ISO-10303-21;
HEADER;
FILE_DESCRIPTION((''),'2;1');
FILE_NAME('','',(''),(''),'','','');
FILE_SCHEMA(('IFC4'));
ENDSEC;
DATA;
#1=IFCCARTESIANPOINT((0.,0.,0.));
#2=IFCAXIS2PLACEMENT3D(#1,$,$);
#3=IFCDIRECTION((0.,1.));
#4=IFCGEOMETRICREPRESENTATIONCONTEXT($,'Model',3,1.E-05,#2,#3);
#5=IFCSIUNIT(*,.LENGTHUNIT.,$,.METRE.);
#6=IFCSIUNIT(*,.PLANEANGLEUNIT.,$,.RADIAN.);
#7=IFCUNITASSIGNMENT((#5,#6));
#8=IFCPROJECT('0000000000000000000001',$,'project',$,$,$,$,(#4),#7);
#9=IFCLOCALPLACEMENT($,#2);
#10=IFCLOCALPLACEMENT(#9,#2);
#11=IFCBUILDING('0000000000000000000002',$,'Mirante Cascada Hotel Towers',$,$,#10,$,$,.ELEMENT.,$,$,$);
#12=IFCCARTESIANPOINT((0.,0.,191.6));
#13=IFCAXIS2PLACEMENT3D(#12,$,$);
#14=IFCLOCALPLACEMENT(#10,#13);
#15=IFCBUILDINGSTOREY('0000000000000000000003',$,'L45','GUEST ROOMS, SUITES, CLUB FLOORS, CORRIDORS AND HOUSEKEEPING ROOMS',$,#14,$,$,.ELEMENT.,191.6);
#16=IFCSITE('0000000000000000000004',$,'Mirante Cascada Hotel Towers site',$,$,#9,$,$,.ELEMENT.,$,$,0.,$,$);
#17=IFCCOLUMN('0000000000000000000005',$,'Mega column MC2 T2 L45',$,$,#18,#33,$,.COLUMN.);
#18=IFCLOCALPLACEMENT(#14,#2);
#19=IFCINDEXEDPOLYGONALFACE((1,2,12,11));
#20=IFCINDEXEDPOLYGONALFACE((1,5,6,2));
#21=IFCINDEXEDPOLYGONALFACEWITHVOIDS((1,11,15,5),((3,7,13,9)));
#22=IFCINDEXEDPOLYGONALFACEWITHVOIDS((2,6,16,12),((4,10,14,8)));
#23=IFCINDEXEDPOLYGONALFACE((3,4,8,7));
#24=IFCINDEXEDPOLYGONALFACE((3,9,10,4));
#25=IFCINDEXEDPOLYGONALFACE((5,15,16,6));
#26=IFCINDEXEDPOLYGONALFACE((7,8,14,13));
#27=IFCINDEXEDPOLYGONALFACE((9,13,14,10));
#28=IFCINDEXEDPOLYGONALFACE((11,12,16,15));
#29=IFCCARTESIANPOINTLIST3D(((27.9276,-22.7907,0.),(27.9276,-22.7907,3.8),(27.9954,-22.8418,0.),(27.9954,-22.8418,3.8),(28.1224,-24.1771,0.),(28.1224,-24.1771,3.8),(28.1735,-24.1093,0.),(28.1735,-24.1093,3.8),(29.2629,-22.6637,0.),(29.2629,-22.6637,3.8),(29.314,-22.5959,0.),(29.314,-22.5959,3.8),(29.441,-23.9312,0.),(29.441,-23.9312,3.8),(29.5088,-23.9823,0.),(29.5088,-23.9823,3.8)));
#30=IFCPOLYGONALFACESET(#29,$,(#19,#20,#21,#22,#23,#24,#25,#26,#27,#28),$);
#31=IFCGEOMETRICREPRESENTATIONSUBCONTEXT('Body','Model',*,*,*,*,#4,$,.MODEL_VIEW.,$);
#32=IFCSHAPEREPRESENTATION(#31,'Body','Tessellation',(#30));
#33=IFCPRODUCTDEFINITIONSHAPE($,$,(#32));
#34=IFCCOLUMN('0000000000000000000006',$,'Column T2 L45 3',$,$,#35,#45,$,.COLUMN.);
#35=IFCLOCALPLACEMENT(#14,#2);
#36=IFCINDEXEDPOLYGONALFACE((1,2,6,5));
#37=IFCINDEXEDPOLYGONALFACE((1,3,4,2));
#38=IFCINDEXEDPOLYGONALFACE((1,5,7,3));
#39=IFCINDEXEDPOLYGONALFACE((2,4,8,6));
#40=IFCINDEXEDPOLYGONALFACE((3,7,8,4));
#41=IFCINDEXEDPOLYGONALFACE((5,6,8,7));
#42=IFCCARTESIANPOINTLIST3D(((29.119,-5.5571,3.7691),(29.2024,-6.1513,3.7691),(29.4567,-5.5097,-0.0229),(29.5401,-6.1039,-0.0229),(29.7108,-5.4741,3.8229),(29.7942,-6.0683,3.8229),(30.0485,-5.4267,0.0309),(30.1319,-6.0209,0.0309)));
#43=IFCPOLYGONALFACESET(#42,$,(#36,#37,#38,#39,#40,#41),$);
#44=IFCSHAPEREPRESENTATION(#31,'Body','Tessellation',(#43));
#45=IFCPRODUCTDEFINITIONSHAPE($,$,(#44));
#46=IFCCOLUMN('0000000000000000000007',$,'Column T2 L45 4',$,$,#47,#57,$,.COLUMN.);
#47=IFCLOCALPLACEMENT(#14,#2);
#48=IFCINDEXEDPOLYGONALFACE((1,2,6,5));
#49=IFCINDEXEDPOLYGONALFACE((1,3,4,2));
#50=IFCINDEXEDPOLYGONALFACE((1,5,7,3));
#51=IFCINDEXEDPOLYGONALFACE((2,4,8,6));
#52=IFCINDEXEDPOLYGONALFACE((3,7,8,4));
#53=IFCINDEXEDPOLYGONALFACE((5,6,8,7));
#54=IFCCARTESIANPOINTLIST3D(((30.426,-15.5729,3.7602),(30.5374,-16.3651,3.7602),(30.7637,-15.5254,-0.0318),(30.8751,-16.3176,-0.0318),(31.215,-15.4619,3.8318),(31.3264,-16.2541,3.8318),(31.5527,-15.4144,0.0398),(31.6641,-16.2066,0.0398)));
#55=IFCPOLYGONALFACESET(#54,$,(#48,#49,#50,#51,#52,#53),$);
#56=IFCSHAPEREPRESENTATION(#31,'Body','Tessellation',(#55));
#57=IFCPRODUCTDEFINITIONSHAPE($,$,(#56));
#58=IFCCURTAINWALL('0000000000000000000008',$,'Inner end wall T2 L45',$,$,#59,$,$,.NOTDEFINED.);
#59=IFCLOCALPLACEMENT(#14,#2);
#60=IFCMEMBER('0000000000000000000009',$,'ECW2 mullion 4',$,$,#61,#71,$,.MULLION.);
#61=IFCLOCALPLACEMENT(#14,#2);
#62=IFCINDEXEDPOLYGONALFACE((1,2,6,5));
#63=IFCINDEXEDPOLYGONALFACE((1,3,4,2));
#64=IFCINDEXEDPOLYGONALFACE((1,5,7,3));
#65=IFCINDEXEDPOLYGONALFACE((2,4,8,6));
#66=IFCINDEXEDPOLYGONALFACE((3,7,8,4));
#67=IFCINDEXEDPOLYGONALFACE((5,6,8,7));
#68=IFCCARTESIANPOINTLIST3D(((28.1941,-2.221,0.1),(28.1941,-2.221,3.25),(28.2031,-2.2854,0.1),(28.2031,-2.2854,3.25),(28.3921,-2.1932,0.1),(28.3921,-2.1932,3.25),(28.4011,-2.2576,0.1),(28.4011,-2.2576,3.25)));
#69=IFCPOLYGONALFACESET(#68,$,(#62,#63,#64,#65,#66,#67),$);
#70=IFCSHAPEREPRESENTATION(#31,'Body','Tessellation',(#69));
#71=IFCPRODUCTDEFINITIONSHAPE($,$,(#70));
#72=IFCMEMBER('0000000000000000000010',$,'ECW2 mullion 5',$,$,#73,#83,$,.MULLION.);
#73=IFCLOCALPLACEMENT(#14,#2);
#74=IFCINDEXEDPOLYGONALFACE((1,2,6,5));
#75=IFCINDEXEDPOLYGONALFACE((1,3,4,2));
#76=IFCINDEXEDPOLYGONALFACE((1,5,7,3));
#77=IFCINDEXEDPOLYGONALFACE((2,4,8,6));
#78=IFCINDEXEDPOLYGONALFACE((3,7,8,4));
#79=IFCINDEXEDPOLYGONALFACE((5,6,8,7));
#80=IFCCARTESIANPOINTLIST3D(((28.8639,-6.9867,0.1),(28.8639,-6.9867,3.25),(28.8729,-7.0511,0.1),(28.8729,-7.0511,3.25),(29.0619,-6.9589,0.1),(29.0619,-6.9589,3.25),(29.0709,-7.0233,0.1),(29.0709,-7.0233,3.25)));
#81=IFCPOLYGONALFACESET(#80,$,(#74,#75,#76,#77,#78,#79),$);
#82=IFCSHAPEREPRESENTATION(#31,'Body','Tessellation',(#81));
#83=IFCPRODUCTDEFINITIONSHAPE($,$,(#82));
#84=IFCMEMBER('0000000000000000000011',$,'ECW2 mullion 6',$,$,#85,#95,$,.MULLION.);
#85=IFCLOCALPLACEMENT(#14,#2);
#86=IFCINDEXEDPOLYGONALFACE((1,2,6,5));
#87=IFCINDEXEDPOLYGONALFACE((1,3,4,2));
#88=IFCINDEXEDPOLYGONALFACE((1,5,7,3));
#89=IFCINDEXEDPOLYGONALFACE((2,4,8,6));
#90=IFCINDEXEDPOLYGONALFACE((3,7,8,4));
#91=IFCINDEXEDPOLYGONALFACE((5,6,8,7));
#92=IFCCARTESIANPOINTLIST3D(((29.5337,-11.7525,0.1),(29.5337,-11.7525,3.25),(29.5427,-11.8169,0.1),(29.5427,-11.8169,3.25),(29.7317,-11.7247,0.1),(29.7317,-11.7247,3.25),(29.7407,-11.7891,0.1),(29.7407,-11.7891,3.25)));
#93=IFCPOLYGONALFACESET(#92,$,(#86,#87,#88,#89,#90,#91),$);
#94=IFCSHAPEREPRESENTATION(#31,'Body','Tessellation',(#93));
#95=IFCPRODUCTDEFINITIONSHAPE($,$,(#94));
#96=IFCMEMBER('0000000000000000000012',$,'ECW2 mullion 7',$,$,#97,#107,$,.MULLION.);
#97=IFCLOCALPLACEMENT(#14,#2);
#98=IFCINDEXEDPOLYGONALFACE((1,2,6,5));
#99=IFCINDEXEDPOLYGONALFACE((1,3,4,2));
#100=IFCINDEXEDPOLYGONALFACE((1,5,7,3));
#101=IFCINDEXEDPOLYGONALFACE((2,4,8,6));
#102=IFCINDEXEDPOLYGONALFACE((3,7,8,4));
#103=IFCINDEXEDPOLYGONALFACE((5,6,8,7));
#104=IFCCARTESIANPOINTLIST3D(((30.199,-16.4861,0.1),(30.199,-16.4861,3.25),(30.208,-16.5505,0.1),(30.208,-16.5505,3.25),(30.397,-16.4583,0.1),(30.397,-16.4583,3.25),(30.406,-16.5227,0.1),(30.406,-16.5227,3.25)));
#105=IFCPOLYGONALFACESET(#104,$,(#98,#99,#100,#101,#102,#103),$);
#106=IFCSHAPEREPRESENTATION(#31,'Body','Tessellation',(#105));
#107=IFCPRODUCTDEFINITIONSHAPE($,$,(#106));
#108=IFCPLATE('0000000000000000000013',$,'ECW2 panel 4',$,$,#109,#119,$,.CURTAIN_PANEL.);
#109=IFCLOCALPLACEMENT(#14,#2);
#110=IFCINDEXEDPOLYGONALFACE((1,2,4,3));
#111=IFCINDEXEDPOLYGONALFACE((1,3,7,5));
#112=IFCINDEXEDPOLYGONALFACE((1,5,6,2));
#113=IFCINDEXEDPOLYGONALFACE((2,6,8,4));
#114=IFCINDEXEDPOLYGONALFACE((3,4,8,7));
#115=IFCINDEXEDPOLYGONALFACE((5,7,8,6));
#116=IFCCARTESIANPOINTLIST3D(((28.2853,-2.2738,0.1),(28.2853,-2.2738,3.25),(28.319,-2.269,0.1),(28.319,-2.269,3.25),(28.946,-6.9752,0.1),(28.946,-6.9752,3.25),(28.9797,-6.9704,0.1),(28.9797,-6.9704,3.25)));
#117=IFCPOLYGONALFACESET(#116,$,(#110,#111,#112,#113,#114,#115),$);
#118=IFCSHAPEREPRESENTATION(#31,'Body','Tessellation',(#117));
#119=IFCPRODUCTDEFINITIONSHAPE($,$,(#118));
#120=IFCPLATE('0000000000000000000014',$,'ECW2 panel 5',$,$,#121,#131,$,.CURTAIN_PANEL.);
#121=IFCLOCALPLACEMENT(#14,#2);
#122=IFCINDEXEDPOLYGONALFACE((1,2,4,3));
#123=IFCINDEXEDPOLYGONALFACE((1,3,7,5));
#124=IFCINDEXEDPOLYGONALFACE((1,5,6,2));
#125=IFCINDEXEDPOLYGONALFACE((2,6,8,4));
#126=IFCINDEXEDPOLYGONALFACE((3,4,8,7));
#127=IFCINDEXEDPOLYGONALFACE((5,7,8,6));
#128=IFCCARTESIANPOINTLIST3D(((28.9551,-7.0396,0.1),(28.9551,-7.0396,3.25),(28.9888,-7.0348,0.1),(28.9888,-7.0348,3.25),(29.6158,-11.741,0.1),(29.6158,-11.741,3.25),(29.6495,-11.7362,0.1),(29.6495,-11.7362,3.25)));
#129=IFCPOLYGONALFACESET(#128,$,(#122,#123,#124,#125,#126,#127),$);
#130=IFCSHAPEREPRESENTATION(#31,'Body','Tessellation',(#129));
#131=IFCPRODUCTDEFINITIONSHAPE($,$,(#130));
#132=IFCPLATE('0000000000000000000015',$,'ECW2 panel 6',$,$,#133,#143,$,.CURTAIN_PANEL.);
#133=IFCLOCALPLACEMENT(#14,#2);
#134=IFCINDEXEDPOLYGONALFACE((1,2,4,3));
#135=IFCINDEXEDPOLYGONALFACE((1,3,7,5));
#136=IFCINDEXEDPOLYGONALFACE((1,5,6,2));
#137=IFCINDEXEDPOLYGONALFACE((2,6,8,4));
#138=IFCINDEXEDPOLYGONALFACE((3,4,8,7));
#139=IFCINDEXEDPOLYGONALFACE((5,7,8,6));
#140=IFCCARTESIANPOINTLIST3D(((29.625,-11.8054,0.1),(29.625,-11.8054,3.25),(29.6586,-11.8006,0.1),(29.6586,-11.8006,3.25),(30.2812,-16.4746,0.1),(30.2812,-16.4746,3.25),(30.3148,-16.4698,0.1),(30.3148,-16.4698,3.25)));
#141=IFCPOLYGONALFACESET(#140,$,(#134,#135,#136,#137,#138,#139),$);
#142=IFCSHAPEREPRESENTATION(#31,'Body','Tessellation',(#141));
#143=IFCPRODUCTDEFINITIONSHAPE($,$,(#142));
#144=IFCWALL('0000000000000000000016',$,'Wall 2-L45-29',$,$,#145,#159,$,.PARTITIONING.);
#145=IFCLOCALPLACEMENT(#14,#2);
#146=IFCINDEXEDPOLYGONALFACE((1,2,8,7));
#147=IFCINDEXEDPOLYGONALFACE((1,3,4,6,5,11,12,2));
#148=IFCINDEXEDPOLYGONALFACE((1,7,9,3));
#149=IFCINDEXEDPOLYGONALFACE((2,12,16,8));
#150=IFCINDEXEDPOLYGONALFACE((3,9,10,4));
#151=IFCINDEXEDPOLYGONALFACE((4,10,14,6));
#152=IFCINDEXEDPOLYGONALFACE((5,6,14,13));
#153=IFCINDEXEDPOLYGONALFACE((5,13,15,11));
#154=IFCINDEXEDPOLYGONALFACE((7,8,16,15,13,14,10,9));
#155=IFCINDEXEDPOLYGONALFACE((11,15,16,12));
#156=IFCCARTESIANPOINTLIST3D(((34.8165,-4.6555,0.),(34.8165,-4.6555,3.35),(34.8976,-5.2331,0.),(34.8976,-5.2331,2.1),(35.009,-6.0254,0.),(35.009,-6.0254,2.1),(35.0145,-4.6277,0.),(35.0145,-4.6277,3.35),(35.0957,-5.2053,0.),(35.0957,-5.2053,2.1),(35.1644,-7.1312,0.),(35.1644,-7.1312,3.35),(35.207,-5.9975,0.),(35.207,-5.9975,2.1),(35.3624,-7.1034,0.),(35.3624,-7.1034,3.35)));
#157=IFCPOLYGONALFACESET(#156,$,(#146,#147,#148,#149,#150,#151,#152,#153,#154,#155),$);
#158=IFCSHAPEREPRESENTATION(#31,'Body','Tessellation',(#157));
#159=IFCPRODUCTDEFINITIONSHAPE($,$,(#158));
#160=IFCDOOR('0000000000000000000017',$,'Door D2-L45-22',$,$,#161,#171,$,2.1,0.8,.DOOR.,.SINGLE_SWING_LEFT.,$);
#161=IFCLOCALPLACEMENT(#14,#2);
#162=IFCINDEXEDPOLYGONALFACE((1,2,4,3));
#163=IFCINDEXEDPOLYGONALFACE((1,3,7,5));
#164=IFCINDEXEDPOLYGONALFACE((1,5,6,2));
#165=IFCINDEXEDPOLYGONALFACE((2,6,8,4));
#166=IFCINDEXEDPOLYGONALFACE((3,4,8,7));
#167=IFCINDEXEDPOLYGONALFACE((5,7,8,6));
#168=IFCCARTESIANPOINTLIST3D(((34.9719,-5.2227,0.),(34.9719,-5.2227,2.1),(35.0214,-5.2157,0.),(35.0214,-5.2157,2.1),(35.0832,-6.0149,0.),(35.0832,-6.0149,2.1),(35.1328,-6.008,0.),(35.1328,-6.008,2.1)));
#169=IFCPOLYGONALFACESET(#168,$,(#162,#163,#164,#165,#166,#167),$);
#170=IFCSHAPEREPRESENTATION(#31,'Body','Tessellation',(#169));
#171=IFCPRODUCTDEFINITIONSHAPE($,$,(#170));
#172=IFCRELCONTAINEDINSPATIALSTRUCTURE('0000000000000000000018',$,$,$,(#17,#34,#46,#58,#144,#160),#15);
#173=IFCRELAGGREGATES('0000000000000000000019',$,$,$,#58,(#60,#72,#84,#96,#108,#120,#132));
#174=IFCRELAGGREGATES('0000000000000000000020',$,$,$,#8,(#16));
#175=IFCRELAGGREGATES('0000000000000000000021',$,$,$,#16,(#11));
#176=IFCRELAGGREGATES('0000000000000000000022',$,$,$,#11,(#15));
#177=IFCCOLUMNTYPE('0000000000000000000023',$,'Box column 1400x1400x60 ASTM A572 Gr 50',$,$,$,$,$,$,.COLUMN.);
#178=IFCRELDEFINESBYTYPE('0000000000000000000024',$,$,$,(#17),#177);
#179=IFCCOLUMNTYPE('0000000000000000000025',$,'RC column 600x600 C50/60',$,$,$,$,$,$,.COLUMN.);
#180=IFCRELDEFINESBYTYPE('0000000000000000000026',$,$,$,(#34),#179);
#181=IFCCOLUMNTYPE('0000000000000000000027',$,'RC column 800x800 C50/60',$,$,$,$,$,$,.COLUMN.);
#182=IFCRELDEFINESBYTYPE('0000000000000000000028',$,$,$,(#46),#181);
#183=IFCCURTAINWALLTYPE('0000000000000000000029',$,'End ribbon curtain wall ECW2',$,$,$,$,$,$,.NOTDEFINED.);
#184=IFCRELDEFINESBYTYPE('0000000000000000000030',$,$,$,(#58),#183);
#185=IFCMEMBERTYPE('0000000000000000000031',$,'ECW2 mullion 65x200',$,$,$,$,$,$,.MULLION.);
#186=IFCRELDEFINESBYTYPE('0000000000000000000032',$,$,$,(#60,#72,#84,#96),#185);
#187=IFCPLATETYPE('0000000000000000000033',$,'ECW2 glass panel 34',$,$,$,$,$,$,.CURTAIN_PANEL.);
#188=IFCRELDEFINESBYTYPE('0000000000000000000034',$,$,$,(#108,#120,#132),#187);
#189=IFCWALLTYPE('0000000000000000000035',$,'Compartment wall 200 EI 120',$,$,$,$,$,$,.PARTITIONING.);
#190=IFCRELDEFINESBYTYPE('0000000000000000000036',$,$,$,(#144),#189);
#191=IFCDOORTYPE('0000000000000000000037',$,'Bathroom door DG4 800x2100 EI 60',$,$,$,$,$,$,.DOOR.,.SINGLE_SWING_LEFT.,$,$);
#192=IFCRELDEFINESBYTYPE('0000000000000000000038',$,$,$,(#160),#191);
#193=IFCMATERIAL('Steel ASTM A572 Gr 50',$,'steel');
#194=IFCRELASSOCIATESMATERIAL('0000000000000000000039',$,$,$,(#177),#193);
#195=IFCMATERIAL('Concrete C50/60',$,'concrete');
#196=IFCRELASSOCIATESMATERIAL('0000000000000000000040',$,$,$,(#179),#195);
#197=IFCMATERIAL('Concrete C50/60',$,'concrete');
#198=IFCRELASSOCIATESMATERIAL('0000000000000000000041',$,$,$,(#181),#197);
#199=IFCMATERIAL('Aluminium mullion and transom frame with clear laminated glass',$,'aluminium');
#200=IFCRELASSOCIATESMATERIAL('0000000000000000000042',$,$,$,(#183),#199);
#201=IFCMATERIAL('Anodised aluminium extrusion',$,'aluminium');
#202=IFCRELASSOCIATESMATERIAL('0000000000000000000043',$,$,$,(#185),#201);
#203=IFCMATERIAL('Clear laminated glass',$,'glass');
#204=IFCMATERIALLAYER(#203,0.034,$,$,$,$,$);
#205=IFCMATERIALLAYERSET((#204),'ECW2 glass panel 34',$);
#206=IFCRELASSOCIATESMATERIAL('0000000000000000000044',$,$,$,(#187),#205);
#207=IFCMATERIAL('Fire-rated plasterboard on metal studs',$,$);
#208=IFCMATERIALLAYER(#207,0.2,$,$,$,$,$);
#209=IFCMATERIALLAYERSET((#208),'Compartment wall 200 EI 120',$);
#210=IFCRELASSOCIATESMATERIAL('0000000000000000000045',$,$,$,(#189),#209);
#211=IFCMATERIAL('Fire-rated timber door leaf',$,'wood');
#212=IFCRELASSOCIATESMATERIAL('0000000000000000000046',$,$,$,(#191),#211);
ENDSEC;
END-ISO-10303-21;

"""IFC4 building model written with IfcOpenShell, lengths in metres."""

from ifc_helpers import new_model, si_unit, direction, frame, frame_2d, origin, origin_2d, place, context, subcontext, project, spatial, rectangle, hollow_rectangle, extrude, material, layer, layer_set, material_profile, profile_set, type_object, element, fill, aggregate, save


model = new_model("IFC4")

# Units and contexts
model_context = context("Model", 3, precision=1e-05, world=origin(), true_north=direction((0.0, 1.0)))
body_context = subcontext(model_context, "Body", "Model", "MODEL_VIEW")
ifc_project = project(units=[si_unit("LENGTHUNIT", "METRE"), si_unit("PLANEANGLEUNIT", "RADIAN")], contexts=[model_context])

# Site, building, storey
site_placement = place(None, origin())
site = spatial("IfcSite", under=ifc_project, at=site_placement, Name="Mirante Cascada Hotel Towers site", CompositionType="ELEMENT", RefElevation=0.0)
building_placement = place(site_placement, origin())
building = spatial("IfcBuilding", under=site, at=building_placement, Name="Mirante Cascada Hotel Towers", CompositionType="ELEMENT")
storey_placement = place(building_placement, frame((0.0, 0.0, 191.6)))
storey = spatial("IfcBuildingStorey", under=building, at=storey_placement, Name="L45", Description="GUEST ROOMS, SUITES, CLUB FLOORS, CORRIDORS AND HOUSEKEEPING ROOMS", CompositionType="ELEMENT", Elevation=191.6)

# Columns
ifc_material_1 = material(Name="Steel ASTM A572 Gr 50", Category="steel")
ifc_material_profile_1 = material_profile(ifc_material_1, hollow_rectangle(XDim=1.4, YDim=1.4, WallThickness=0.06, at=origin_2d()), Name="Box column 1400x1400x60 ASTM A572 Gr 50")
ifc_profile_set_1 = profile_set([ifc_material_profile_1], Name="Steel ASTM A572 Gr 50")
column_type_1 = type_object("IfcColumnType", Name="Box column 1400x1400x60 ASTM A572 Gr 50", PredefinedType="COLUMN", material=ifc_profile_set_1)
column_1_placement = place(storey_placement, frame((28.7182, -23.3865, 0.0), z_axis=(0.0, 0.0, 1.0), x_axis=(0.990268, 0.139173, 0.0)))
element("IfcColumn", 1, at=column_1_placement, inside=storey, type_object=column_type_1, Name="Mega column MC2 T2 L45", PredefinedType="COLUMN", context=body_context, shape_type="SweptSolid", body=[
    extrude(hollow_rectangle(XDim=1.4, YDim=1.4, WallThickness=0.06, at=origin_2d()), origin(), (0.0, 0.0, 1.0), 3.8),
])
ifc_material_2 = material(Name="Concrete C50/60", Category="concrete")
ifc_material_profile_2 = material_profile(ifc_material_2, rectangle(XDim=0.6, YDim=0.6, at=origin_2d()), Name="RC column 600x600 C50/60")
ifc_profile_set_2 = profile_set([ifc_material_profile_2], Name="Concrete C50/60")
column_type_2 = type_object("IfcColumnType", Name="RC column 600x600 C50/60", PredefinedType="COLUMN", material=ifc_profile_set_2)
column_2_placement = place(storey_placement, frame((29.7943, -5.7653, 0.004), z_axis=(-0.088698, -0.01245, 0.995981), x_axis=(0.138999, -0.990293, 0.0)))
element("IfcColumn", 2, at=column_2_placement, inside=storey, type_object=column_type_2, Name="Column T2 L45 3", PredefinedType="COLUMN", context=body_context, shape_type="SweptSolid", body=[
    extrude(rectangle(XDim=0.6, YDim=0.6, at=origin_2d()), origin(), (0.0, 0.0, 1.0), 3.8073),
])
ifc_material_3 = material(Name="Concrete C50/60", Category="concrete")
ifc_material_profile_3 = material_profile(ifc_material_3, rectangle(XDim=0.8, YDim=0.8, at=origin_2d()), Name="RC column 800x800 C50/60")
ifc_profile_set_3 = profile_set([ifc_material_profile_3], Name="Concrete C50/60")
column_type_3 = type_object("IfcColumnType", Name="RC column 800x800 C50/60", PredefinedType="COLUMN", material=ifc_profile_set_3)
column_3_placement = place(storey_placement, frame((31.2139, -15.866, 0.004), z_axis=(-0.088698, -0.012476, 0.99598), x_axis=(0.139286, -0.990252, 0.0)))
element("IfcColumn", 3, at=column_3_placement, inside=storey, type_object=column_type_3, Name="Column T2 L45 4", PredefinedType="COLUMN", context=body_context, shape_type="SweptSolid", body=[
    extrude(rectangle(XDim=0.8, YDim=0.8, at=origin_2d()), origin(), (0.0, 0.0, 1.0), 3.8073),
])

# Curtain wall, members, plates
ifc_material_4 = material(Name="Aluminium mullion and transom frame with clear laminated glass", Category="aluminium")
curtain_wall_type = type_object("IfcCurtainWallType", Name="End ribbon curtain wall ECW2", PredefinedType="NOTDEFINED", material=ifc_material_4)
curtain_wall_placement = place(storey_placement, origin())
curtain_wall = element("IfcCurtainWall", 4, at=curtain_wall_placement, inside=storey, type_object=curtain_wall_type, Name="Inner end wall T2 L45", PredefinedType="NOTDEFINED")
ifc_material_5 = material(Name="Anodised aluminium extrusion", Category="aluminium")
ifc_material_profile_4 = material_profile(ifc_material_5, rectangle(XDim=0.2, YDim=0.065, at=origin_2d()), Name="ECW2 MULLION 65x200")
ifc_profile_set_4 = profile_set([ifc_material_profile_4], Name="Anodised aluminium extrusion")
member_type = type_object("IfcMemberType", Name="ECW2 mullion 65x200", PredefinedType="MULLION", material=ifc_profile_set_4)
member_1_placement = place(storey_placement, frame((28.2976, -2.2393, 0.1), z_axis=(0.0, 0.0, 1.0), x_axis=(0.990268, 0.139173, 0.0)))
member_1 = element("IfcMember", 5, at=member_1_placement, type_object=member_type, Name="ECW2 mullion 4", PredefinedType="MULLION", context=body_context, shape_type="SweptSolid", body=[
    extrude(rectangle(XDim=0.2, YDim=0.065, at=origin_2d()), origin(), (0.0, 0.0, 1.0), 3.15),
])
member_2_placement = place(storey_placement, frame((28.9674, -7.005, 0.1), z_axis=(0.0, 0.0, 1.0), x_axis=(0.990268, 0.139173, 0.0)))
member_2 = element("IfcMember", 6, at=member_2_placement, type_object=member_type, Name="ECW2 mullion 5", PredefinedType="MULLION", context=body_context, shape_type="SweptSolid", body=[
    extrude(rectangle(XDim=0.2, YDim=0.065, at=origin_2d()), origin(), (0.0, 0.0, 1.0), 3.15),
])
member_3_placement = place(storey_placement, frame((29.6372, -11.7708, 0.1), z_axis=(0.0, 0.0, 1.0), x_axis=(0.990268, 0.139173, 0.0)))
member_3 = element("IfcMember", 7, at=member_3_placement, type_object=member_type, Name="ECW2 mullion 6", PredefinedType="MULLION", context=body_context, shape_type="SweptSolid", body=[
    extrude(rectangle(XDim=0.2, YDim=0.065, at=origin_2d()), origin(), (0.0, 0.0, 1.0), 3.15),
])
member_4_placement = place(storey_placement, frame((30.3025, -16.5044, 0.1), z_axis=(0.0, 0.0, 1.0), x_axis=(0.990268, 0.139173, 0.0)))
member_4 = element("IfcMember", 8, at=member_4_placement, type_object=member_type, Name="ECW2 mullion 7", PredefinedType="MULLION", context=body_context, shape_type="SweptSolid", body=[
    extrude(rectangle(XDim=0.2, YDim=0.065, at=origin_2d()), origin(), (0.0, 0.0, 1.0), 3.15),
])
ifc_material_6 = material(Name="Clear laminated glass", Category="glass")
ifc_layer_1 = layer(ifc_material_6, 0.034)
ifc_layer_set_1 = layer_set([ifc_layer_1], Name="ECW2 glass panel 34")
plate_type = type_object("IfcPlateType", Name="ECW2 glass panel 34", PredefinedType="CURTAIN_PANEL", material=ifc_layer_set_1)
plate_1_placement = place(storey_placement, frame((28.6325, -4.6221, 0.1), z_axis=(0.0, 0.0, 1.0), x_axis=(0.139173, -0.990268, 0.0)))
plate_1 = element("IfcPlate", 9, at=plate_1_placement, type_object=plate_type, Name="ECW2 panel 4", PredefinedType="CURTAIN_PANEL", context=body_context, shape_type="SweptSolid", body=[
    extrude(rectangle(XDim=4.7476, YDim=0.034, at=origin_2d()), origin(), (0.0, 0.0, 1.0), 3.15),
])
plate_2_placement = place(storey_placement, frame((29.3023, -9.3879, 0.1), z_axis=(0.0, 0.0, 1.0), x_axis=(0.139173, -0.990268, 0.0)))
plate_2 = element("IfcPlate", 10, at=plate_2_placement, type_object=plate_type, Name="ECW2 panel 5", PredefinedType="CURTAIN_PANEL", context=body_context, shape_type="SweptSolid", body=[
    extrude(rectangle(XDim=4.7476, YDim=0.034, at=origin_2d()), origin(), (0.0, 0.0, 1.0), 3.15),
])
plate_3_placement = place(storey_placement, frame((29.9699, -14.1376, 0.1), z_axis=(0.0, 0.0, 1.0), x_axis=(0.139173, -0.990268, 0.0)))
plate_3 = element("IfcPlate", 11, at=plate_3_placement, type_object=plate_type, Name="ECW2 panel 6", PredefinedType="CURTAIN_PANEL", context=body_context, shape_type="SweptSolid", body=[
    extrude(rectangle(XDim=4.7151, YDim=0.034, at=origin_2d()), origin(), (0.0, 0.0, 1.0), 3.15),
])
aggregate(curtain_wall, [member_1, member_2, member_3, member_4, plate_1, plate_2, plate_3])

# Wall, opening, door
ifc_material_7 = material(Name="Fire-rated plasterboard on metal studs")
ifc_layer_2 = layer(ifc_material_7, 0.2)
ifc_layer_set_2 = layer_set([ifc_layer_2], Name="Compartment wall 200 EI 120")
wall_type_1 = type_object("IfcWallType", Name="Compartment wall 200 EI 120", PredefinedType="PARTITIONING", material=ifc_layer_set_2)
wall_1_placement = place(storey_placement, frame((34.9155, -4.6416, 0.0), z_axis=(0.0, 0.0, 1.0), x_axis=(0.139159, -0.99027, 0.0)))
wall_1 = element("IfcWall", 12, at=wall_1_placement, inside=storey, type_object=wall_type_1, Name="Wall 2-L45-29", PredefinedType="PARTITIONING", context=body_context, shape_type="SweptSolid", body=[
    extrude(rectangle(XDim=2.5, YDim=0.2, at=frame_2d((1.25, 0.0))), origin(), (0.0, 0.0, 1.0), 3.35),
])
opening_1_placement = place(wall_1_placement, frame((0.5833, 0.0, 0.0)))
opening_1 = element("IfcOpeningElement", 13, at=opening_1_placement, cuts=wall_1, PredefinedType="OPENING", context=body_context, shape_type="SweptSolid", body=[
    extrude(rectangle(XDim=0.8, YDim=2.1, at=frame_2d((0.4, 1.05))), frame((0.0, 0.1, 0.0), z_axis=(0.0, -1.0, 0.0), x_axis=(1.0, 0.0, 0.0)), (0.0, 0.0, 1.0), 0.2),
])
ifc_material_8 = material(Name="Fire-rated timber door leaf", Category="wood")
door_type_1 = type_object("IfcDoorType", Name="Bathroom door DG4 800x2100 EI 60", OperationType="SINGLE_SWING_LEFT", PredefinedType="DOOR", material=ifc_material_8)
door_1_placement = place(opening_1_placement, origin())
door_1 = element("IfcDoor", 14, at=door_1_placement, inside=storey, type_object=door_type_1, Name="Door D2-L45-22", OperationType="SINGLE_SWING_LEFT", OverallHeight=2.1, OverallWidth=0.8, PredefinedType="DOOR", context=body_context, shape_type="SweptSolid", body=[
    extrude(rectangle(XDim=0.8, YDim=2.1, at=frame_2d((0.4, 1.05))), frame((0.0, 0.025, 0.0), z_axis=(0.0, -1.0, 0.0), x_axis=(1.0, 0.0, 0.0)), (0.0, 0.0, 1.0), 0.05),
])
fill(opening_1, door_1)

save(model, "model.ifc")
